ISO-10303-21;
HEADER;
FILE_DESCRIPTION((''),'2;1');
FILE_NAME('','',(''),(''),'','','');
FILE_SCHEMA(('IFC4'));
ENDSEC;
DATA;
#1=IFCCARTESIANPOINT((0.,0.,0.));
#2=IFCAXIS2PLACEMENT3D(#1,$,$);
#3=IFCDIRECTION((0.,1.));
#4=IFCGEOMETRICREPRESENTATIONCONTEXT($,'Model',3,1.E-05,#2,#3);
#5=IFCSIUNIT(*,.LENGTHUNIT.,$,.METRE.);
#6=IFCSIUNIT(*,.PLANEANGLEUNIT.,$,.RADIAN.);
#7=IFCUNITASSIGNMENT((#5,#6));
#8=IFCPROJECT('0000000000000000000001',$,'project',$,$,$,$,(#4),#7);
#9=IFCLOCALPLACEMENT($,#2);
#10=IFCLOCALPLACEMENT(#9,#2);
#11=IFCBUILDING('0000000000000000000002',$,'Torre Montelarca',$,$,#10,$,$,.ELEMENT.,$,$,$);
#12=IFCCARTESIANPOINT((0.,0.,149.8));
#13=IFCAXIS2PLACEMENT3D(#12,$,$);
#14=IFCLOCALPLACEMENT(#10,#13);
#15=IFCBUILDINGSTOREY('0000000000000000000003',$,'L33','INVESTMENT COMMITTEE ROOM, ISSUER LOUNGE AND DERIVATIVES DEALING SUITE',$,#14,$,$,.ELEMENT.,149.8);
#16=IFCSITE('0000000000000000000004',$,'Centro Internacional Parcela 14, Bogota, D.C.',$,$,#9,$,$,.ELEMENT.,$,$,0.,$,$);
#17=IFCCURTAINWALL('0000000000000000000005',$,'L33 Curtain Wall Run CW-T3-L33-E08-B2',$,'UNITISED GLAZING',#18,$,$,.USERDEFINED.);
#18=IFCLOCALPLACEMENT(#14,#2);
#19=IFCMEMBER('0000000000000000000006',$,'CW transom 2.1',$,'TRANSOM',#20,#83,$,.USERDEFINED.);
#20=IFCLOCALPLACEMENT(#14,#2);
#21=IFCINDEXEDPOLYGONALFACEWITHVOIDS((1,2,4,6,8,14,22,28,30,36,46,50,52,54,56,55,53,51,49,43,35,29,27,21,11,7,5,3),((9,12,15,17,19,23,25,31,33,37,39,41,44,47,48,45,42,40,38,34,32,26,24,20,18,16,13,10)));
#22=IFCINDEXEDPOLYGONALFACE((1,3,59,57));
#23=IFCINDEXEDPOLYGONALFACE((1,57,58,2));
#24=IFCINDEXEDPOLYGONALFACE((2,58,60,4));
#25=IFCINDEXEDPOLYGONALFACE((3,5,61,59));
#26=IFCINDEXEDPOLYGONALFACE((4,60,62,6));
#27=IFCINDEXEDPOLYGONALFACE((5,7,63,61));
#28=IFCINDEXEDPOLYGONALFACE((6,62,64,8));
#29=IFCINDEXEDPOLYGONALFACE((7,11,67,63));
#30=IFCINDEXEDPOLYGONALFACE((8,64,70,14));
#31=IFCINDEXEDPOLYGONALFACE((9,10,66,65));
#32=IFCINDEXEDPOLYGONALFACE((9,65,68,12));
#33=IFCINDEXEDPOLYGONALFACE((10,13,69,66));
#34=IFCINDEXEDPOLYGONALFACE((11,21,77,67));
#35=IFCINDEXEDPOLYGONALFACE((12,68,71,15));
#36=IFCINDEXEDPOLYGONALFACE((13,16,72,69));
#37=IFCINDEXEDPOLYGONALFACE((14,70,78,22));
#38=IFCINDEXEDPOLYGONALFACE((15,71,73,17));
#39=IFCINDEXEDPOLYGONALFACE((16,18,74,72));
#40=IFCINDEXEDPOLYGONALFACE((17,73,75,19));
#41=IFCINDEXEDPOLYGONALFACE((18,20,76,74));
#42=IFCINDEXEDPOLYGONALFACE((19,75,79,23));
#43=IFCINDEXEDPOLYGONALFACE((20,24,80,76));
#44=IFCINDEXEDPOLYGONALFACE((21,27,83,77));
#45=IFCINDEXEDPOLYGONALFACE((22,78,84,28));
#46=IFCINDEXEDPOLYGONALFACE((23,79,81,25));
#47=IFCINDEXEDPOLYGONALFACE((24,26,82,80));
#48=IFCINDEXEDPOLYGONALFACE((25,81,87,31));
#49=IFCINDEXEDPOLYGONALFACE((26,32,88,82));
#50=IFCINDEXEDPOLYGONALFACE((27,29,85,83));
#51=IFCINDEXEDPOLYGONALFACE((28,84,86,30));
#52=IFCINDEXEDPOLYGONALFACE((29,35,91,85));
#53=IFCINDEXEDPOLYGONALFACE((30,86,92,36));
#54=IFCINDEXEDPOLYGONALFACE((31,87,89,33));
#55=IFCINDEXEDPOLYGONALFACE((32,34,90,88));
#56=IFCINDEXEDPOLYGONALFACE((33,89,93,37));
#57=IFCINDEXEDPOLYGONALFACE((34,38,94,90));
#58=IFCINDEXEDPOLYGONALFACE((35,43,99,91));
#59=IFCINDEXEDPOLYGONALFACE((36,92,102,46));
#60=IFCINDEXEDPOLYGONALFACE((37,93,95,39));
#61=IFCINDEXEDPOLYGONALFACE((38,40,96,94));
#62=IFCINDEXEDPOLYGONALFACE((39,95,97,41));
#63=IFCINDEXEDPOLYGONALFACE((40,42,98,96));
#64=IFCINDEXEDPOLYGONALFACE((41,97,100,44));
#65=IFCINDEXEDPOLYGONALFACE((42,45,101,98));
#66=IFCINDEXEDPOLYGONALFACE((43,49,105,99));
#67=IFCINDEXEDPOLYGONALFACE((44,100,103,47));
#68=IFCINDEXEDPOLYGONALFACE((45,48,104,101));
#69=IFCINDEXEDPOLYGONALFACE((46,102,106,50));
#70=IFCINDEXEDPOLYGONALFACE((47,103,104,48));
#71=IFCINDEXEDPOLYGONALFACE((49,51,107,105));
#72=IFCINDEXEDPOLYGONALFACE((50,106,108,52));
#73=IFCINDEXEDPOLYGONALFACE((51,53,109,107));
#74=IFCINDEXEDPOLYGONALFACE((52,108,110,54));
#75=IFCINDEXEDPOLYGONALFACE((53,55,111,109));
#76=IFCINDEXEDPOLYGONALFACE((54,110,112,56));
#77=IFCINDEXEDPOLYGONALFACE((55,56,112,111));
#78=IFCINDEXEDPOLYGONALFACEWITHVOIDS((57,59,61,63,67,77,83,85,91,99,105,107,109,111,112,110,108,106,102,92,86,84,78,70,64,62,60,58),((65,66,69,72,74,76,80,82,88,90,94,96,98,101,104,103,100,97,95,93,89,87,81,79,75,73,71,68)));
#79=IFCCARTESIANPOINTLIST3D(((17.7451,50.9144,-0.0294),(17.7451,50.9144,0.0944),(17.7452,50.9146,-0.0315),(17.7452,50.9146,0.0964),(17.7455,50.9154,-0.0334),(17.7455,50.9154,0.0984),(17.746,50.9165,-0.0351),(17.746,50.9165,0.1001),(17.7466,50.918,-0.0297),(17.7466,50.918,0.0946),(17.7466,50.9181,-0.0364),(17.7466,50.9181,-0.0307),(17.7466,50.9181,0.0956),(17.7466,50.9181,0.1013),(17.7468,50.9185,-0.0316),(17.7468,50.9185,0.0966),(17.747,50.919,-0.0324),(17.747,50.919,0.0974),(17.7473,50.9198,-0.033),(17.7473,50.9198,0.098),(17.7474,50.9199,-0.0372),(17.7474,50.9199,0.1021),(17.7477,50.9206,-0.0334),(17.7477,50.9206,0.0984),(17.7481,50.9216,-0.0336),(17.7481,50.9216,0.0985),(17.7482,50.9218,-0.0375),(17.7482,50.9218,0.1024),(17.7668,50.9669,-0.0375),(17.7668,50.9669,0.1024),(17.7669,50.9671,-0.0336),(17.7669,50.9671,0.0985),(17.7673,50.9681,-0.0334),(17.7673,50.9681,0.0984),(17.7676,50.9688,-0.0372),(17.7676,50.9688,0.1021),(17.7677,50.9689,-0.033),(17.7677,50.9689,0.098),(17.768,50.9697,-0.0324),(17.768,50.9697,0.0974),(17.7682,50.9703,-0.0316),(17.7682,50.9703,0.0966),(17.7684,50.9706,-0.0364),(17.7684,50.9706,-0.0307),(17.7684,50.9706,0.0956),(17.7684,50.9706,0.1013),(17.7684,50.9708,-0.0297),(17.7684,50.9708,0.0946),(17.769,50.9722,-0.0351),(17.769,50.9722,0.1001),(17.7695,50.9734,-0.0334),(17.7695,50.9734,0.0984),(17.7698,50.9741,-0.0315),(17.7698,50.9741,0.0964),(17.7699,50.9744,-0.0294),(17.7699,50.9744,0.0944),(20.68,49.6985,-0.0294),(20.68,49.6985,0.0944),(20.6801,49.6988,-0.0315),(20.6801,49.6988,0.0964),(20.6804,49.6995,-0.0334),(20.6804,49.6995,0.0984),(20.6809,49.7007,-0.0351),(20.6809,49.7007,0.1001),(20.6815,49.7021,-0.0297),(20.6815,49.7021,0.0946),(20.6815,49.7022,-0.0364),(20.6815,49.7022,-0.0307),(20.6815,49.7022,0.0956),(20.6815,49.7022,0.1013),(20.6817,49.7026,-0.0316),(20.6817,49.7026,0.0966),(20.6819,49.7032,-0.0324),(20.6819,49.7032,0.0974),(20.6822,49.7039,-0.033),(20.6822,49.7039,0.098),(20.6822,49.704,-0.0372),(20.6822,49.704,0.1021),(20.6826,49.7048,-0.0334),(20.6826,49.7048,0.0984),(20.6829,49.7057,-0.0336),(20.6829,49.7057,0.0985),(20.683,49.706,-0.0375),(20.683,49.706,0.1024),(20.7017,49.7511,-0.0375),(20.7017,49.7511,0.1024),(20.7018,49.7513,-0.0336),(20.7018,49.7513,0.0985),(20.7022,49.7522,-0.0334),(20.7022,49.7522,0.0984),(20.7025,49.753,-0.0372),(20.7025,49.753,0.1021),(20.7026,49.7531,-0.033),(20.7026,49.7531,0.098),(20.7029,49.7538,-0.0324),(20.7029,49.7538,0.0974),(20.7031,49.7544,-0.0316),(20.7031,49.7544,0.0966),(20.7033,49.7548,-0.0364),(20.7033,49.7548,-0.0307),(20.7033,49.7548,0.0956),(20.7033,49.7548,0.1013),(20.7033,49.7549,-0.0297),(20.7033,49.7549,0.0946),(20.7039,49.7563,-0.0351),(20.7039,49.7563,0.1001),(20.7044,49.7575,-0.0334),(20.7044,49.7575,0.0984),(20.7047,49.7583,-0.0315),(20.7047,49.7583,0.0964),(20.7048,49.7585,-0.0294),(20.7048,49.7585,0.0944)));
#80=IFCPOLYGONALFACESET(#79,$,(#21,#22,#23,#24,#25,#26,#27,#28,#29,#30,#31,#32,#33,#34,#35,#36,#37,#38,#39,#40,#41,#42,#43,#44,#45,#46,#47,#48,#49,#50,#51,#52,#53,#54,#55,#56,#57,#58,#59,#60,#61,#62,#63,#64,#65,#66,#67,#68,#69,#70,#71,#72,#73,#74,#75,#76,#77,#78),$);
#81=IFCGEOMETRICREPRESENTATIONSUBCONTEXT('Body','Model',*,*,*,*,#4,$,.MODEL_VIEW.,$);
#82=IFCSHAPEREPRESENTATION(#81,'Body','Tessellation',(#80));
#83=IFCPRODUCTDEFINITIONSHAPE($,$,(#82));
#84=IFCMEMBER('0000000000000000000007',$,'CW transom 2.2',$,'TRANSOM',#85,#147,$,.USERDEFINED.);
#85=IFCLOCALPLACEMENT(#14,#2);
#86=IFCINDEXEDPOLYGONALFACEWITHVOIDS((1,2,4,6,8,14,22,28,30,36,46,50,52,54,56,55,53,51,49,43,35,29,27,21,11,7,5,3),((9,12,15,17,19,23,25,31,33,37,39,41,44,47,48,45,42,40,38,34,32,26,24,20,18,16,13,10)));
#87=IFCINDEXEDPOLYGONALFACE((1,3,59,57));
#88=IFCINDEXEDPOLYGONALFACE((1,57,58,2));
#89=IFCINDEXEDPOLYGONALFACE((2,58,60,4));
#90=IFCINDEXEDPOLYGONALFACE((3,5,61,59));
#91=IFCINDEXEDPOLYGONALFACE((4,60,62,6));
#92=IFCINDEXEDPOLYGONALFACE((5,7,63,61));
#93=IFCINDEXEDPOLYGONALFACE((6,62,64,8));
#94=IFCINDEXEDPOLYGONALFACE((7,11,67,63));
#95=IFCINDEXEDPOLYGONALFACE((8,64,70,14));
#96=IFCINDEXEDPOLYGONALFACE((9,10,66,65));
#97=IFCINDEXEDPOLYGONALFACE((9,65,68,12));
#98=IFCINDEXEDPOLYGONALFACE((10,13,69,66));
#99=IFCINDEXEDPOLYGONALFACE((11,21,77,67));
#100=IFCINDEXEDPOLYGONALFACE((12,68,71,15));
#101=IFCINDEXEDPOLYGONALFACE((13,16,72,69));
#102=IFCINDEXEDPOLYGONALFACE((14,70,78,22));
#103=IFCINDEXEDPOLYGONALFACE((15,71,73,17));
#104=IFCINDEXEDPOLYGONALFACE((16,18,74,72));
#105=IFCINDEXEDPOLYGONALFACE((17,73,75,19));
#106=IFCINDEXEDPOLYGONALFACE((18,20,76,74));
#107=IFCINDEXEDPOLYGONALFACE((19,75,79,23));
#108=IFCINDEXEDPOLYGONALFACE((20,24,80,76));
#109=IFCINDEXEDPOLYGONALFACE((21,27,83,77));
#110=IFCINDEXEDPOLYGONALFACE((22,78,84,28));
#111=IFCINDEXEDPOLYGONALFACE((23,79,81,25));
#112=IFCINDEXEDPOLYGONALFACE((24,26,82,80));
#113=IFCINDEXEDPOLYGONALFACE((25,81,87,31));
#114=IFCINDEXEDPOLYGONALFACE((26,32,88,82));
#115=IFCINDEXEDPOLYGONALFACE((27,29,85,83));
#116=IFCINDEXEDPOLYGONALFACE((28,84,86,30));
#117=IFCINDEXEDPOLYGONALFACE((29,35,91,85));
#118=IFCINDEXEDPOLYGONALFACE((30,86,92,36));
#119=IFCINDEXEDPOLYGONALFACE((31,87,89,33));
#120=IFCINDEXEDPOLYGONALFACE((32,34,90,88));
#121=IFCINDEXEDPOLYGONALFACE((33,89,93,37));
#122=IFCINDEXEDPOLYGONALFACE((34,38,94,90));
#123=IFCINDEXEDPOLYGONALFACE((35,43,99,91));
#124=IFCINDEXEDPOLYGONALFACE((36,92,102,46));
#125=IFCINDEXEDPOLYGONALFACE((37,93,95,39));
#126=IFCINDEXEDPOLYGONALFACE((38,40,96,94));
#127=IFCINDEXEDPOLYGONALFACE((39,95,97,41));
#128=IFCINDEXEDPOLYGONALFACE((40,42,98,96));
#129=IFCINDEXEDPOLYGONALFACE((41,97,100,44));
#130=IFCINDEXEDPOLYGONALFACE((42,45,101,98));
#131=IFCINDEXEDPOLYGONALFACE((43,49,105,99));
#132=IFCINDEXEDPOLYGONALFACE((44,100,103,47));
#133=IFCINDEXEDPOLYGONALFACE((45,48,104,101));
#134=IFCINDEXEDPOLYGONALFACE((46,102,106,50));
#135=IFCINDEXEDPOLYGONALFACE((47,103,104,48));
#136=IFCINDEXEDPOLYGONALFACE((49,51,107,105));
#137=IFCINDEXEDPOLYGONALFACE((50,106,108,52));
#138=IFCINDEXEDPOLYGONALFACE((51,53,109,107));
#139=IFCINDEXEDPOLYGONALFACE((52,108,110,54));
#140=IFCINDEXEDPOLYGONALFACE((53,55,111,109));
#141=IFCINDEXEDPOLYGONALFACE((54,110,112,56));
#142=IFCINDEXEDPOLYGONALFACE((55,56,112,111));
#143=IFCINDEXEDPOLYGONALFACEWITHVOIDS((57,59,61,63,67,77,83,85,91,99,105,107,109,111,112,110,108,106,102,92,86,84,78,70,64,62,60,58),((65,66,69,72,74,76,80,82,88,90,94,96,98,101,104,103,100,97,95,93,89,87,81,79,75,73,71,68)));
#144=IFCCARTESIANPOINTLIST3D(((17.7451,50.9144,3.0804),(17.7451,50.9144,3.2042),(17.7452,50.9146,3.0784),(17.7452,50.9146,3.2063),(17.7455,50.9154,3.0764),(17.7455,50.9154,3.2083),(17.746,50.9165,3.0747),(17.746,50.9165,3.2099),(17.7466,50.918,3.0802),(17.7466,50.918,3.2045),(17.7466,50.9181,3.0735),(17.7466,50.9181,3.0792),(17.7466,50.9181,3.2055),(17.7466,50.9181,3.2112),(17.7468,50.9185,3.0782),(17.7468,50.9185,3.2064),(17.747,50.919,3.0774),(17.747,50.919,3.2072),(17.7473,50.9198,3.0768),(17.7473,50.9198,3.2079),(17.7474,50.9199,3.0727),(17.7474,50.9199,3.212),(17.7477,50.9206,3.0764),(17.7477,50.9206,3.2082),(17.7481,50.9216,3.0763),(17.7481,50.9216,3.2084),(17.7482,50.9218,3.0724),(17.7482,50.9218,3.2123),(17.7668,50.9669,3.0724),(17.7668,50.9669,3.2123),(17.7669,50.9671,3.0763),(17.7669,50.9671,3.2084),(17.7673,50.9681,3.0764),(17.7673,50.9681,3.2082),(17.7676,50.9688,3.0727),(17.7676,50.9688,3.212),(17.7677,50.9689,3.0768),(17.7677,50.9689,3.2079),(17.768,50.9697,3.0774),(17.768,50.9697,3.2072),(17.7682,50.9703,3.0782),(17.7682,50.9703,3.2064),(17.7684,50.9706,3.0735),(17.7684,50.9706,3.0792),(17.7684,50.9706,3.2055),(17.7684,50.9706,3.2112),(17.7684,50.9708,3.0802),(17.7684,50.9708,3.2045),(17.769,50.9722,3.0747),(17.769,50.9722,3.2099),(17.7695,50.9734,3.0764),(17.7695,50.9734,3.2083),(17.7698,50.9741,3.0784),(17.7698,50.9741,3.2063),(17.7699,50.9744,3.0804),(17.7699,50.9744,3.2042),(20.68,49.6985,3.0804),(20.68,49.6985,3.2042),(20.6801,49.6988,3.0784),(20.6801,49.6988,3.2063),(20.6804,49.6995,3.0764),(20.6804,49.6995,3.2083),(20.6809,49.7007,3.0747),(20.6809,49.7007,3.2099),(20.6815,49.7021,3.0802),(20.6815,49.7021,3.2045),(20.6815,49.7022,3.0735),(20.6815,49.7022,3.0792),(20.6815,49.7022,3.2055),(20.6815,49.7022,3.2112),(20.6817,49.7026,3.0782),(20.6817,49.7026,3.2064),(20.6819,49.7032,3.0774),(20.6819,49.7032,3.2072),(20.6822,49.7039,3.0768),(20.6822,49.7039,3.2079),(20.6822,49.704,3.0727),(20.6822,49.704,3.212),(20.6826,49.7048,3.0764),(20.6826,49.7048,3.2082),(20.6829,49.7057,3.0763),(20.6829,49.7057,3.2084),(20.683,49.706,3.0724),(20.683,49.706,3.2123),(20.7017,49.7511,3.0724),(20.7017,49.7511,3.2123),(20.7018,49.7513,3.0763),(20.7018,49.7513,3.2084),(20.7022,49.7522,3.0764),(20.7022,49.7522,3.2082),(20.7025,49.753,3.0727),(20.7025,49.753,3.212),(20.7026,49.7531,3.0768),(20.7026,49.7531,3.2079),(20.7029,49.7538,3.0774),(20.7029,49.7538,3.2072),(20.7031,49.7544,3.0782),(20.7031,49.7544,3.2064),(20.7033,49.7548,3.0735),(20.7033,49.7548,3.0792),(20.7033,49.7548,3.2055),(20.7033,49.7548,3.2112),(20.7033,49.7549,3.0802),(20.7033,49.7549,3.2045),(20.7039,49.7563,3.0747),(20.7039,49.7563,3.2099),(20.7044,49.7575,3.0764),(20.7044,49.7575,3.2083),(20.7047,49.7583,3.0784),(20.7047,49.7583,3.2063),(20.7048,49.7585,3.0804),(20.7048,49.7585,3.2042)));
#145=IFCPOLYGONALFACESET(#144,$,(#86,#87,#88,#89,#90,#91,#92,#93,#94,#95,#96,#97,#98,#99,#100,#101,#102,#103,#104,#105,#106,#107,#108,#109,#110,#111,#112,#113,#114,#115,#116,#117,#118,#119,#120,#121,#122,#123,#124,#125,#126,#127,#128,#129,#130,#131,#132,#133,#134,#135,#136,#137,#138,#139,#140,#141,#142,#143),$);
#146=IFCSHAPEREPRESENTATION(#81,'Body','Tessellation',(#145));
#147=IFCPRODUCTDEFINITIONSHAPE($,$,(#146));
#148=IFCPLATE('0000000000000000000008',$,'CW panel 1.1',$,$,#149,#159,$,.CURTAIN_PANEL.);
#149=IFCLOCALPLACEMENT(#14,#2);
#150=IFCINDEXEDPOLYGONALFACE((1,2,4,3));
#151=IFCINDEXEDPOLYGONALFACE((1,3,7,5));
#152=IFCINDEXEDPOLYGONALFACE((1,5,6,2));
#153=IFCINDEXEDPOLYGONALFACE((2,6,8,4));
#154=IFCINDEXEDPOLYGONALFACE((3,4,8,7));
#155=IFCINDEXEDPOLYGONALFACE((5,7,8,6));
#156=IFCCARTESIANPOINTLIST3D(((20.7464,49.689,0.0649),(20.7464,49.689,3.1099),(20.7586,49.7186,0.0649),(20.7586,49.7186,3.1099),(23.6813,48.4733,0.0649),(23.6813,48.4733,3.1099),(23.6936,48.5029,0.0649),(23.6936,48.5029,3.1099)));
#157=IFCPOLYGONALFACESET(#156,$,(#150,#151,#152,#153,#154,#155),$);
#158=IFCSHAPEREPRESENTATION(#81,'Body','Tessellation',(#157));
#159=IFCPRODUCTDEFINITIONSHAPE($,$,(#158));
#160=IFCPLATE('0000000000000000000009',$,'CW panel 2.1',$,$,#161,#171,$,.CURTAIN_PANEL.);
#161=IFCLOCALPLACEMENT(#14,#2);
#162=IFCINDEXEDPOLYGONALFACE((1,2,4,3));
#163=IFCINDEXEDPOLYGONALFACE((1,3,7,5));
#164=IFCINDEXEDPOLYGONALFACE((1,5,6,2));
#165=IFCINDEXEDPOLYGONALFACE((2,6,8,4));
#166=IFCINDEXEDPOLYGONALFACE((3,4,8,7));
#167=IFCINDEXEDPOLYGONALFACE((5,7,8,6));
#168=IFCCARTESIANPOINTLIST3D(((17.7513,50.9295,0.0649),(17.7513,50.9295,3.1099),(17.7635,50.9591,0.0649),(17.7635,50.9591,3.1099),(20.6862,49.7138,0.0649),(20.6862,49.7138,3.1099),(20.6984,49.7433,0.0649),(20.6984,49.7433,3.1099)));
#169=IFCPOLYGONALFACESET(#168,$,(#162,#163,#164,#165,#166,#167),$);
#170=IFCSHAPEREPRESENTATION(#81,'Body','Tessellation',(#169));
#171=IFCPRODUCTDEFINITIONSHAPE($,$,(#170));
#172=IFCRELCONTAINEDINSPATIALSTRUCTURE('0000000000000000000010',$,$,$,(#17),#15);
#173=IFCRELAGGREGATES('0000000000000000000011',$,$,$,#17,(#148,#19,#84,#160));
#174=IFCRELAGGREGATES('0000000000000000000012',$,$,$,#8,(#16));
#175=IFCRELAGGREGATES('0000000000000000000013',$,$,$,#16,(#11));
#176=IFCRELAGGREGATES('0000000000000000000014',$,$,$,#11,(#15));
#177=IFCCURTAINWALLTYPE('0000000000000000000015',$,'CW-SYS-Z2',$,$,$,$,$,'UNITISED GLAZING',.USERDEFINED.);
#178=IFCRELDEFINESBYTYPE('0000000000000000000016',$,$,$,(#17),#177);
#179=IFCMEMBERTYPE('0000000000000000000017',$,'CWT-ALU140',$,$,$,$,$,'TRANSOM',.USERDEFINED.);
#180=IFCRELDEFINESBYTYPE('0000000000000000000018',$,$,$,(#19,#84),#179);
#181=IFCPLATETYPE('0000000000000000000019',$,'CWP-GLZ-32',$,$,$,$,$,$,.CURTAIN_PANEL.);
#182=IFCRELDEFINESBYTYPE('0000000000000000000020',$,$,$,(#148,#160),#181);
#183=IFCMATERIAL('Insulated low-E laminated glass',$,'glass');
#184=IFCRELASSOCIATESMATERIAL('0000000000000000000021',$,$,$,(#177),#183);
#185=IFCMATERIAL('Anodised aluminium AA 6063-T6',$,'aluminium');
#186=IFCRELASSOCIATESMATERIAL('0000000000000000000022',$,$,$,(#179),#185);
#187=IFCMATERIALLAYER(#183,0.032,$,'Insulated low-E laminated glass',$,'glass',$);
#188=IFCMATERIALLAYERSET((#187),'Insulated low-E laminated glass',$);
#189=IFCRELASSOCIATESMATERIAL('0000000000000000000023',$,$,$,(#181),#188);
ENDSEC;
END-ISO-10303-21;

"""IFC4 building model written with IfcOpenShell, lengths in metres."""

from ifc_helpers import new_model, si_unit, direction, frame, origin, origin_2d, place, context, subcontext, project, spatial, rectangle, hollow_rectangle, extrude, source, transform, mapped, material, layer, layer_set, material_profile, profile_set, type_object, element, aggregate, save


model = new_model("IFC4")

# Units and contexts
model_context = context("Model", 3, precision=1e-05, world=origin(), true_north=direction((0.0, 1.0)))
body_context = subcontext(model_context, "Body", "Model", "MODEL_VIEW")
ifc_project = project(units=[si_unit("LENGTHUNIT", "METRE"), si_unit("PLANEANGLEUNIT", "RADIAN")], contexts=[model_context])

# Site, building, storey
site_placement = place(None, origin())
site = spatial("IfcSite", under=ifc_project, at=site_placement, Name="Centro Internacional Parcela 14, Bogota, D.C.", CompositionType="ELEMENT", RefElevation=0.0)
building_placement = place(site_placement, origin())
building = spatial("IfcBuilding", under=site, at=building_placement, Name="Torre Montelarca", CompositionType="ELEMENT")
storey_placement = place(building_placement, frame((0.0, 0.0, 149.8)))
storey = spatial("IfcBuildingStorey", under=building, at=storey_placement, Name="L33", Description="INVESTMENT COMMITTEE ROOM, ISSUER LOUNGE AND DERIVATIVES DEALING SUITE", CompositionType="ELEMENT", Elevation=149.8)

# Shared definitions
ifc_material_1 = material(Name="Insulated low-E laminated glass", Category="glass")
curtain_wall_type = type_object("IfcCurtainWallType", Name="CW-SYS-Z2", ElementType="UNITISED GLAZING", PredefinedType="USERDEFINED", material=ifc_material_1)
ifc_material_2 = material(Name="Anodised aluminium AA 6063-T6", Category="aluminium")

# Curtain wall, members, plates
curtain_wall_1_placement = place(storey_placement, origin())
curtain_wall_1 = element("IfcCurtainWall", 1, at=curtain_wall_1_placement, inside=storey, type_object=curtain_wall_type, Name="L33 Curtain Wall Run CW-T3-L33-E08-B2", ObjectType="UNITISED GLAZING", PredefinedType="USERDEFINED")
ifc_material_profile_1 = material_profile(ifc_material_2, hollow_rectangle(XDim=0.0649, YDim=0.1399, WallThickness=0.0039, InnerFilletRadius=0.0039, OuterFilletRadius=0.0081, at=origin_2d()), Name="ALU65X140X4", Category="aluminium")
ifc_profile_set_1 = profile_set([ifc_material_profile_1], Name="Anodised aluminium AA 6063-T6")
member_type_1 = type_object("IfcMemberType", Name="CWT-ALU140", ElementType="TRANSOM", PredefinedType="USERDEFINED", material=ifc_profile_set_1)
shared_shape_1 = source(origin(), body_context, "Body", "SweptSolid", [
    extrude(hollow_rectangle(XDim=0.0649, YDim=0.1399, WallThickness=0.0039, InnerFilletRadius=0.0039, OuterFilletRadius=0.0081, at=origin_2d()), origin(), (0.0, 0.0, 1.0), 3.1768),
])
member_1_placement = place(storey_placement, frame((20.6924, 49.7285, 0.0325), z_axis=(-0.923859, 0.382732, 0.0), x_axis=(-0.382732, -0.923859, 0.0)))
member_1 = element("IfcMember", 2, at=member_1_placement, type_object=member_type_1, Name="CW transom 2.1", ObjectType="TRANSOM", PredefinedType="USERDEFINED", context=body_context, shape_type="MappedRepresentation", body=[
    mapped(shared_shape_1, transform((0.0, 0.0, 0.0), scale=1.0)),
])
member_2_placement = place(storey_placement, frame((20.6924, 49.7285, 3.1423), z_axis=(-0.923859, 0.382732, 0.0), x_axis=(-0.382732, -0.923859, 0.0)))
member_2 = element("IfcMember", 3, at=member_2_placement, type_object=member_type_1, Name="CW transom 2.2", ObjectType="TRANSOM", PredefinedType="USERDEFINED", context=body_context, shape_type="MappedRepresentation", body=[
    mapped(shared_shape_1, transform((0.0, 0.0, 0.0), scale=1.0)),
])
ifc_layer_1 = layer(ifc_material_1, 0.032, Name="Insulated low-E laminated glass", Category="glass")
ifc_layer_set_1 = layer_set([ifc_layer_1], Name="Insulated low-E laminated glass")
plate_type = type_object("IfcPlateType", Name="CWP-GLZ-32", PredefinedType="CURTAIN_PANEL", material=ifc_layer_set_1)
shared_shape_2 = source(origin(), body_context, "Body", "SweptSolid", [
    extrude(rectangle(XDim=3.1768, YDim=0.032, at=origin_2d()), origin(), (0.0, 0.0, 1.0), 3.0449),
])
plate_1_placement = place(storey_placement, frame((22.22, 49.0959, 0.0649), z_axis=(0.0, 0.0, 1.0), x_axis=(-0.923876, 0.382692, 0.0)))
plate_1 = element("IfcPlate", 4, at=plate_1_placement, type_object=plate_type, Name="CW panel 1.1", PredefinedType="CURTAIN_PANEL", context=body_context, shape_type="MappedRepresentation", body=[
    mapped(shared_shape_2, transform((0.0, 0.0, 0.0), scale=1.0)),
])
plate_2_placement = place(storey_placement, frame((19.2249, 50.3364, 0.0649), z_axis=(0.0, 0.0, 1.0), x_axis=(-0.923876, 0.382692, 0.0)))
plate_2 = element("IfcPlate", 5, at=plate_2_placement, type_object=plate_type, Name="CW panel 2.1", PredefinedType="CURTAIN_PANEL", context=body_context, shape_type="MappedRepresentation", body=[
    mapped(shared_shape_2, transform((0.0, 0.0, 0.0), scale=1.0)),
])
aggregate(curtain_wall_1, [plate_1, member_1, member_2, plate_2])

save(model, "model.ifc")
